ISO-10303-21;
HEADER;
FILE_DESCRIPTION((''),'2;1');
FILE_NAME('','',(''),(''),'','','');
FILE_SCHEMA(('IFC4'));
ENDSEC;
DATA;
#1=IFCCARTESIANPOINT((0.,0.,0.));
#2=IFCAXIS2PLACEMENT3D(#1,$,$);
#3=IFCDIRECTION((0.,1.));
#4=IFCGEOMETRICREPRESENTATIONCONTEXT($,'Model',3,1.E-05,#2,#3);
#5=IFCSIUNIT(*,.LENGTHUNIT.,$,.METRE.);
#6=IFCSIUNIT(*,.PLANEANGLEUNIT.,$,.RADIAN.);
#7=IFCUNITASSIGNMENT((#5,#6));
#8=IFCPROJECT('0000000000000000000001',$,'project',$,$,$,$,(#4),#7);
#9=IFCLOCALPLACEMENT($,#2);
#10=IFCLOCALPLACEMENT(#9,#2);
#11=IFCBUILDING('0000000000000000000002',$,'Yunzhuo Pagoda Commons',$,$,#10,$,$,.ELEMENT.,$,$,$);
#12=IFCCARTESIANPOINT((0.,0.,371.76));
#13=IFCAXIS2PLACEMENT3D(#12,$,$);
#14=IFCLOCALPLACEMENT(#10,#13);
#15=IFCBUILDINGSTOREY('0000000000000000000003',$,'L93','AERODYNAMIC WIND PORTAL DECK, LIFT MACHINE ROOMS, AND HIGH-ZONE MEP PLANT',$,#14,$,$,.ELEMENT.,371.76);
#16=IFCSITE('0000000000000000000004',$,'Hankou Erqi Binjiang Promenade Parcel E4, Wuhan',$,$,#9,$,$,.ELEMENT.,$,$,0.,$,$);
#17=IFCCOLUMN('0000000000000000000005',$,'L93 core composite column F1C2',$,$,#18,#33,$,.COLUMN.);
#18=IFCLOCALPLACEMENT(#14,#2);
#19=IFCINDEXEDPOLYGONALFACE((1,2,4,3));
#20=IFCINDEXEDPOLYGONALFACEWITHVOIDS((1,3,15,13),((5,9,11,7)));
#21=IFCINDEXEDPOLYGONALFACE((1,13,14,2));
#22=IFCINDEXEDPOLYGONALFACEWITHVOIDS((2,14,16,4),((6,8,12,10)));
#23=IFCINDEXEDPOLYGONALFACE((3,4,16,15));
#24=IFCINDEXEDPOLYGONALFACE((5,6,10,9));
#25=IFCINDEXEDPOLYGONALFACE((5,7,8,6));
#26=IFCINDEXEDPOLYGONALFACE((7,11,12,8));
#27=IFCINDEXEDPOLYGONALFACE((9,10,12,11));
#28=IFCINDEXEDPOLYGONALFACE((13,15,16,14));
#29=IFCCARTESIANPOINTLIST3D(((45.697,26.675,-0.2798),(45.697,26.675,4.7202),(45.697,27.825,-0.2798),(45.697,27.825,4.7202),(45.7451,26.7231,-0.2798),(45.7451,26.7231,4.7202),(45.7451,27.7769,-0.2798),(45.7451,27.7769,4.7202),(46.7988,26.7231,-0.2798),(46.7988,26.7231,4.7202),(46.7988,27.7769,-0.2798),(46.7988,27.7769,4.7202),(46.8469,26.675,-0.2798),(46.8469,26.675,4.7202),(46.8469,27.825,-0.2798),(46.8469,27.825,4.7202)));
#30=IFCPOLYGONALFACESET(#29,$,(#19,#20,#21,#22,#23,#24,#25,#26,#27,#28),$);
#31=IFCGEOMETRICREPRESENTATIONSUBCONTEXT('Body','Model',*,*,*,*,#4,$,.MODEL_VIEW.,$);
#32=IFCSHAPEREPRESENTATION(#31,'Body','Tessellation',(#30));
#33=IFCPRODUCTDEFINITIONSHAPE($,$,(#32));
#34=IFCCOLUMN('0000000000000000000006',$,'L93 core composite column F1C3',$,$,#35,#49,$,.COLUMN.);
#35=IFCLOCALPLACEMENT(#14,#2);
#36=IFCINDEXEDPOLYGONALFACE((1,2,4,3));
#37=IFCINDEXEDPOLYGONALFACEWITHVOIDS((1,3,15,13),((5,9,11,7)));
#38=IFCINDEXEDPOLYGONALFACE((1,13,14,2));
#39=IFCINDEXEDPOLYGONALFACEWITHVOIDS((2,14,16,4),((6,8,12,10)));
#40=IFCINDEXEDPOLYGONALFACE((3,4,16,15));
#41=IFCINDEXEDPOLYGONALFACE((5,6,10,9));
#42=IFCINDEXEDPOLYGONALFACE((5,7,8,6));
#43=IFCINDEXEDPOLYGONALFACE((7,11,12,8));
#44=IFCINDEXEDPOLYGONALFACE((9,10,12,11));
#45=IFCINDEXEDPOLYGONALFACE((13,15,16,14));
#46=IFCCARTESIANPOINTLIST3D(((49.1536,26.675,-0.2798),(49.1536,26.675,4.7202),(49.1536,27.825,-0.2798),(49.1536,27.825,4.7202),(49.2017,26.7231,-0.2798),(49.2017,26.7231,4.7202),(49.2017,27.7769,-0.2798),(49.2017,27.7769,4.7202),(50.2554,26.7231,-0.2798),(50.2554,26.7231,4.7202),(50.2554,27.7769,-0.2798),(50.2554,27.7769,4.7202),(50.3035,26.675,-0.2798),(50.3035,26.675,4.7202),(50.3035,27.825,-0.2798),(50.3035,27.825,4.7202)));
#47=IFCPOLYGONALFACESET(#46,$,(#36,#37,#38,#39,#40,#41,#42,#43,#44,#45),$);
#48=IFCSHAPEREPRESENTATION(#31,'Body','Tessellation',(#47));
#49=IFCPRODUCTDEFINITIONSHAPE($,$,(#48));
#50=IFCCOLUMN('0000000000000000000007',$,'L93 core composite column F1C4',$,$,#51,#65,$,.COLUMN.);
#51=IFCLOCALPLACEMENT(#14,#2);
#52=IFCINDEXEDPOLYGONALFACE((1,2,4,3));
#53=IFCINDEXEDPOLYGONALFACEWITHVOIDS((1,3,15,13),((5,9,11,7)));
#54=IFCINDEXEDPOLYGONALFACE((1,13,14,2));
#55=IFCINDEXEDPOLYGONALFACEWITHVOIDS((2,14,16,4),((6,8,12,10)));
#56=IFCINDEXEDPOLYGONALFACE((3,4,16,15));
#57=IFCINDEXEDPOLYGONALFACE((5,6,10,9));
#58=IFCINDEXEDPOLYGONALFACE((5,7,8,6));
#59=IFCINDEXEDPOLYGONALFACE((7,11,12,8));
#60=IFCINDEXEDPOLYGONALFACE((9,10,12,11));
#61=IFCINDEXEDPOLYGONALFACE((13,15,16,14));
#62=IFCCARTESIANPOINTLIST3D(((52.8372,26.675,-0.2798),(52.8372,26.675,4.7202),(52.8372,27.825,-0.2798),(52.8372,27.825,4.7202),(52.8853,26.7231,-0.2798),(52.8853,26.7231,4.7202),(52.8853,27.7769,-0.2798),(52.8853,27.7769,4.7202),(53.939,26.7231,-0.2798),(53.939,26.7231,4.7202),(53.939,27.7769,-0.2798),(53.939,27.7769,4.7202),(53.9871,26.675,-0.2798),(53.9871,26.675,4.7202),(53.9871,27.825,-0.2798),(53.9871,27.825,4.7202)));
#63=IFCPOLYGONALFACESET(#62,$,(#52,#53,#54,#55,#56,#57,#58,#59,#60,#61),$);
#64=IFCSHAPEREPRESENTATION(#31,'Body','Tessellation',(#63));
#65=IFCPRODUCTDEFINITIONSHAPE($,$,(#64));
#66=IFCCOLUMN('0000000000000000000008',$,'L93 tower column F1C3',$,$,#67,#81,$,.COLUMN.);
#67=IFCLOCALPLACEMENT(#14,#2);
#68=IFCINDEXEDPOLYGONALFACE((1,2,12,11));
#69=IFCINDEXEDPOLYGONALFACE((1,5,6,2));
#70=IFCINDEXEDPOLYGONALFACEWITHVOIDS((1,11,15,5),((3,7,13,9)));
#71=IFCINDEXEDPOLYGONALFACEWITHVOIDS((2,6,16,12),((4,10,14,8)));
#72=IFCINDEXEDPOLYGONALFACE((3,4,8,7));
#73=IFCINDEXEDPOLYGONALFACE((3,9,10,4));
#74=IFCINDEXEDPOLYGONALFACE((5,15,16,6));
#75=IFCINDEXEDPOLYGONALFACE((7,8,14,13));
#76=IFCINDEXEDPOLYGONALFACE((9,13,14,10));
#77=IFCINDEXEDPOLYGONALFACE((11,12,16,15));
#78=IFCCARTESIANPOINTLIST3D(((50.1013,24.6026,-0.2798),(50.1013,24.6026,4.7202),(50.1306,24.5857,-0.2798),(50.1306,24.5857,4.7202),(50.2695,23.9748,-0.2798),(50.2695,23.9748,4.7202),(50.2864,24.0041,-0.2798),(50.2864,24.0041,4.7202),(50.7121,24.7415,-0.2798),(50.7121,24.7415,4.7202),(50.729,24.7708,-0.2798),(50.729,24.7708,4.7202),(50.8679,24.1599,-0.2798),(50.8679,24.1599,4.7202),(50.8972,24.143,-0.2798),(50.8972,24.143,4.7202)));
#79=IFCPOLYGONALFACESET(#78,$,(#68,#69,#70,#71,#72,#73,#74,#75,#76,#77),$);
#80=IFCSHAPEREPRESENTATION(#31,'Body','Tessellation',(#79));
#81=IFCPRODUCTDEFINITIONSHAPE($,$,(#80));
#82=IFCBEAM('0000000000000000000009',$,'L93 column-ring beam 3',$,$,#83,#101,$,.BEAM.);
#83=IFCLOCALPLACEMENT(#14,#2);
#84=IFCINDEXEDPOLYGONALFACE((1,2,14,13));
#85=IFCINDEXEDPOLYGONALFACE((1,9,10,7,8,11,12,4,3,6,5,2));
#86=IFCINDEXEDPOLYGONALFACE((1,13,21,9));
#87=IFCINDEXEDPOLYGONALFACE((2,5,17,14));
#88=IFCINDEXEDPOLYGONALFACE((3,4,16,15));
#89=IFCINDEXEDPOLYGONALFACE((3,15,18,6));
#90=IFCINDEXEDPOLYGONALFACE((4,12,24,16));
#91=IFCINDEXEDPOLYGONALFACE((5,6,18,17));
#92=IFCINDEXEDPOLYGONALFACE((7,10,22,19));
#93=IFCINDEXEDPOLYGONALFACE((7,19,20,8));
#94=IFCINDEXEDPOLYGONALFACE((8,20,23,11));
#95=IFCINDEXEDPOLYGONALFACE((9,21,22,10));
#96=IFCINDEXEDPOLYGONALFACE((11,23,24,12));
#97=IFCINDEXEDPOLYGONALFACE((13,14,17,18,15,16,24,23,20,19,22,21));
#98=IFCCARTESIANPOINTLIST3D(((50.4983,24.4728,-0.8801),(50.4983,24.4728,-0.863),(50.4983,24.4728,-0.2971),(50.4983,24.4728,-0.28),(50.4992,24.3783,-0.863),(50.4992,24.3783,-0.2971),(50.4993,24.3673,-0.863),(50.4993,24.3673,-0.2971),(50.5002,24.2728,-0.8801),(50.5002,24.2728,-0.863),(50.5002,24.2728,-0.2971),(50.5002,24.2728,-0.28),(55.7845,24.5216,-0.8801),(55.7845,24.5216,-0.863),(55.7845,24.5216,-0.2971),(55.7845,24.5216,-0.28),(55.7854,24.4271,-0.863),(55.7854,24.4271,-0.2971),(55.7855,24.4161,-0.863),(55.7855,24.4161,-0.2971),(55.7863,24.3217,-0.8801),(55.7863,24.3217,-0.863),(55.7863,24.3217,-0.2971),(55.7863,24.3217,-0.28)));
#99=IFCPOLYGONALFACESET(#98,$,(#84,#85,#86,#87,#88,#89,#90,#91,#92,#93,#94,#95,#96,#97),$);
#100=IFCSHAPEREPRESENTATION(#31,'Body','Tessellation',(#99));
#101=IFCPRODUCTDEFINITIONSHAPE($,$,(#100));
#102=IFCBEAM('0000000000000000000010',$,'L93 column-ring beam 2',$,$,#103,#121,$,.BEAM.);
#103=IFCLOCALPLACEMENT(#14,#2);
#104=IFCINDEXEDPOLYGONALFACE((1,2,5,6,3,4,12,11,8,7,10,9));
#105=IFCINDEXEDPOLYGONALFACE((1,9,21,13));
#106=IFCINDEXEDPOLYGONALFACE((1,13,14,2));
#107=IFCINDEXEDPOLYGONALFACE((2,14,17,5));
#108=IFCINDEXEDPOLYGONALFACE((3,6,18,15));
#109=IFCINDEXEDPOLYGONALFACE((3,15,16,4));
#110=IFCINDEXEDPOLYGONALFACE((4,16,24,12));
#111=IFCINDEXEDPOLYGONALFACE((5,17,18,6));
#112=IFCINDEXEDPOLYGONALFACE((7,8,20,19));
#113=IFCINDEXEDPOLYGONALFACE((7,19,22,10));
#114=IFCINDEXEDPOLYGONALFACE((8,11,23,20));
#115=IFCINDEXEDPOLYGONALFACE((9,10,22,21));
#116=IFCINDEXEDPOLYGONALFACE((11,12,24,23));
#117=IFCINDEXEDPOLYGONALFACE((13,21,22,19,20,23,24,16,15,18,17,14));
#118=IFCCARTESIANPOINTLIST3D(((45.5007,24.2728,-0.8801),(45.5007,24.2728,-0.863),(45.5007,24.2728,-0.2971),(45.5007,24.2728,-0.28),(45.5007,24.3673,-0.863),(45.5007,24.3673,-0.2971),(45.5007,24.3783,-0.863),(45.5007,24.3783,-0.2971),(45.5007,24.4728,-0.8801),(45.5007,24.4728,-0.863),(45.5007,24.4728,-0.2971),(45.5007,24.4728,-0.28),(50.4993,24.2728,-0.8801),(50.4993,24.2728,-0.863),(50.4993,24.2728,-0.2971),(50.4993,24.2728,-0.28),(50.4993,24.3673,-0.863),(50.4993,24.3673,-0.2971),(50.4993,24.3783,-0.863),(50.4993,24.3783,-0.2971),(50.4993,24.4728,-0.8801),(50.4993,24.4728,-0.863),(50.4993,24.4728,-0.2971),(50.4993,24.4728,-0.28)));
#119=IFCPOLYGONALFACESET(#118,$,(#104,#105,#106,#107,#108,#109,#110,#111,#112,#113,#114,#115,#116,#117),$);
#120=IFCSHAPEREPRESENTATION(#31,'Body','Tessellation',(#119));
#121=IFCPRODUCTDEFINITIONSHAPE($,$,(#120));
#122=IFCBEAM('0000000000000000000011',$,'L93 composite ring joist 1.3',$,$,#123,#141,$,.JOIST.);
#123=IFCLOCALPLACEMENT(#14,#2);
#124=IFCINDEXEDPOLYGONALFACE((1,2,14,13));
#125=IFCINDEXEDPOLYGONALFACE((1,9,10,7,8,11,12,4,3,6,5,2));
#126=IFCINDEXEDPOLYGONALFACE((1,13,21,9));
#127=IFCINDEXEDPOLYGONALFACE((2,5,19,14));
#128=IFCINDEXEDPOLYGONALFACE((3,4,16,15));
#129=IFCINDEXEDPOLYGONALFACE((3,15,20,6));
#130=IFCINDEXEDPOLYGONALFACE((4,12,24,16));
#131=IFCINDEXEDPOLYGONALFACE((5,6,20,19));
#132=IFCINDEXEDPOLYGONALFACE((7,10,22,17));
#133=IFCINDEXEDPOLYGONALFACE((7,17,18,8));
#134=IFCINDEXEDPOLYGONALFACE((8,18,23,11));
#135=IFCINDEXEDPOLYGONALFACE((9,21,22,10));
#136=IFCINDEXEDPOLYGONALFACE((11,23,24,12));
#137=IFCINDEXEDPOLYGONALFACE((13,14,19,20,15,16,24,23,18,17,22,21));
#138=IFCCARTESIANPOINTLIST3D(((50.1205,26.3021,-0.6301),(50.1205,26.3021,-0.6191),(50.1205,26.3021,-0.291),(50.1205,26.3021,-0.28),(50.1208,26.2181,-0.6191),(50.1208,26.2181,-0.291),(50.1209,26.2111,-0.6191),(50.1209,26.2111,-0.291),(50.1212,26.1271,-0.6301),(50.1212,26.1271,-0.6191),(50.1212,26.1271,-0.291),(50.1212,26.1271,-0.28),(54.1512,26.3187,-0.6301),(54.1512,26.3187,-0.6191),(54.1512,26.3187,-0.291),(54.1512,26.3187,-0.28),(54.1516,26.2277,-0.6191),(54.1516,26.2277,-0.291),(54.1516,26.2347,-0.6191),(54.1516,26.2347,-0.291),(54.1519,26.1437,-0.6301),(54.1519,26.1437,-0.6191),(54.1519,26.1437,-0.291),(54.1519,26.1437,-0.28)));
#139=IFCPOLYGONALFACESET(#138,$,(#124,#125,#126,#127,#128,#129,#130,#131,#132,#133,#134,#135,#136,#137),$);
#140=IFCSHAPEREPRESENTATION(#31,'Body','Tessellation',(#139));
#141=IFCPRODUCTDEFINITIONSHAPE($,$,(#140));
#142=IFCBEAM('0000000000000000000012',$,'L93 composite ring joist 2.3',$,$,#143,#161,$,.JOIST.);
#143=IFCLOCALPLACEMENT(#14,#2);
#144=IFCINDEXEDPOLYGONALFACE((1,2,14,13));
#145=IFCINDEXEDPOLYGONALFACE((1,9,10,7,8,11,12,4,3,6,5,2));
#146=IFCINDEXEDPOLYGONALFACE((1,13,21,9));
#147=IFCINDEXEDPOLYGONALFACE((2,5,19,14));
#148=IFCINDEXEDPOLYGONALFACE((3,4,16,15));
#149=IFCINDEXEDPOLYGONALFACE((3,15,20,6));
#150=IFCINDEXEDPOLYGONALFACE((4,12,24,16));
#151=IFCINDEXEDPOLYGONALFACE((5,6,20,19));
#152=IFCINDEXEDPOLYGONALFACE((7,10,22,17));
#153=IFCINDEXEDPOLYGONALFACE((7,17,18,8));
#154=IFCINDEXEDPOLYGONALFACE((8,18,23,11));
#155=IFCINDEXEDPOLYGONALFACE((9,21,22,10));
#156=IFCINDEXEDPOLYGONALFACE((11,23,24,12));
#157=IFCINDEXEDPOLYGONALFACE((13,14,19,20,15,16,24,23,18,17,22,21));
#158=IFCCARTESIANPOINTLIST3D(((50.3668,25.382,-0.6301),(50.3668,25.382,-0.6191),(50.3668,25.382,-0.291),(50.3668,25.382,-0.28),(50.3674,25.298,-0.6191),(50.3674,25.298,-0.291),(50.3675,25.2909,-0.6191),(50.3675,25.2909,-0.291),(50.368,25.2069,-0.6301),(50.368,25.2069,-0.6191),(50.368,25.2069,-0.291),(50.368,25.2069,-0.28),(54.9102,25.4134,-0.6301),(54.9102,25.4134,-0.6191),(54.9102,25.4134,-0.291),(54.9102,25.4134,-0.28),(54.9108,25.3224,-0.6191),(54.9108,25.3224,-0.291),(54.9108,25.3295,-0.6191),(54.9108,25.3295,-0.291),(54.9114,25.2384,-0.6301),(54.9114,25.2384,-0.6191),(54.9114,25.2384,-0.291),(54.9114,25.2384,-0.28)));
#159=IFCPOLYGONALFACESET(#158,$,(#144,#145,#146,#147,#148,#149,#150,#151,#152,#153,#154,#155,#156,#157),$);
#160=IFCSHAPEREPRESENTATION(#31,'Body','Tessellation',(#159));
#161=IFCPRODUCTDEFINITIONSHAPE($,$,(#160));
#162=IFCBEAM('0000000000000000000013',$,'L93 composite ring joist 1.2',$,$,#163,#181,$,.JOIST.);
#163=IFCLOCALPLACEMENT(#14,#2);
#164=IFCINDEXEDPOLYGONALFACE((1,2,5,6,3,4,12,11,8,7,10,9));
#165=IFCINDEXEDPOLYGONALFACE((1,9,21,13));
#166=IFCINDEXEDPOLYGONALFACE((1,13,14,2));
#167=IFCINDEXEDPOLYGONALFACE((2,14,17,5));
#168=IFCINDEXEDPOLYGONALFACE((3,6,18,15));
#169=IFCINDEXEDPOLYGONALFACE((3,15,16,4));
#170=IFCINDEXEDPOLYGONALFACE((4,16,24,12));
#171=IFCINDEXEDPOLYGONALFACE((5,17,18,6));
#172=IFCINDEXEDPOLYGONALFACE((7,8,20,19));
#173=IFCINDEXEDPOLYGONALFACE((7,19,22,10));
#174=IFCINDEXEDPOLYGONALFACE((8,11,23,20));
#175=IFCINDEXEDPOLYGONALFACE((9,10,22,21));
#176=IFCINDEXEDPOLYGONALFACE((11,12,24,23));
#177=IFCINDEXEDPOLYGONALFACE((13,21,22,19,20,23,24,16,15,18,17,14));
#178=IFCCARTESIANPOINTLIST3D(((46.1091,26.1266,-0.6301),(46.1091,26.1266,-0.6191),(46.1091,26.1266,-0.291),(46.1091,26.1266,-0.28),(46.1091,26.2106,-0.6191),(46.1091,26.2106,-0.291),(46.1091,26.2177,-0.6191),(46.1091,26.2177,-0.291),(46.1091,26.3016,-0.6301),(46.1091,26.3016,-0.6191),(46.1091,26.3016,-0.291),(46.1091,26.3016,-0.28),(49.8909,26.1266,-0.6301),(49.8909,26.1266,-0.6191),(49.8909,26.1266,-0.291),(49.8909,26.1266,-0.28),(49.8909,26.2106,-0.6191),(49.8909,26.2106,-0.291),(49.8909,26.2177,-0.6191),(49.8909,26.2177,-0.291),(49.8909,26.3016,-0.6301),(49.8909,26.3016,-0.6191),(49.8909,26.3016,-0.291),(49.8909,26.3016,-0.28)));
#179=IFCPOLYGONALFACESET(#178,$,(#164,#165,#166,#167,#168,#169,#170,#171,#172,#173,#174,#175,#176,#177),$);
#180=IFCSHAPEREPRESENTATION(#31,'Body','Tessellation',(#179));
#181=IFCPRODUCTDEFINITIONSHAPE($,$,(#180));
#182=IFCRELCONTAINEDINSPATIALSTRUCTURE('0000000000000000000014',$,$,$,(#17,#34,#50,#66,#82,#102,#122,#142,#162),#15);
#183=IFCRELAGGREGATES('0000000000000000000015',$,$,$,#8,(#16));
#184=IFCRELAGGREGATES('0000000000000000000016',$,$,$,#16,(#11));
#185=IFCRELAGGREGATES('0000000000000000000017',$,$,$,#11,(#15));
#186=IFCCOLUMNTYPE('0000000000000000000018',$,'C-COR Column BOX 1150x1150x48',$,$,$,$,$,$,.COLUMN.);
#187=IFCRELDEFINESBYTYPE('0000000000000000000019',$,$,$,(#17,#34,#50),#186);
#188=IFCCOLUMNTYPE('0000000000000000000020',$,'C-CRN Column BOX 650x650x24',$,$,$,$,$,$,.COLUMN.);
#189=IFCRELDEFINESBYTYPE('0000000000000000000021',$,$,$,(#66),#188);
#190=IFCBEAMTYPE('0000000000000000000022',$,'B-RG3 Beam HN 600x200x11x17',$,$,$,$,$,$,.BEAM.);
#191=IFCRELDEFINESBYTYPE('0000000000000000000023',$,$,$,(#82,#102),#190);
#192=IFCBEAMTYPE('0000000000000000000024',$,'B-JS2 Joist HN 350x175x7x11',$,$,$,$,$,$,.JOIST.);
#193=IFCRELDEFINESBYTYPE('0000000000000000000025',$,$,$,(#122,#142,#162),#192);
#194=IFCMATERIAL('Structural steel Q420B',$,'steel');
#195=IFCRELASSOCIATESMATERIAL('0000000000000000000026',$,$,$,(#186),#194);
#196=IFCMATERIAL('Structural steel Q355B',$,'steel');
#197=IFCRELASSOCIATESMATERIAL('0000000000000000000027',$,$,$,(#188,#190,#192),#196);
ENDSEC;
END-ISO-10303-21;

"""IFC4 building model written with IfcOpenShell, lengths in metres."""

from ifc_helpers import new_model, si_unit, direction, frame, origin, origin_2d, place, context, subcontext, project, spatial, hollow_rectangle, i_section, extrude, source, transform, mapped, material, material_profile, profile_set, type_object, element, save


model = new_model("IFC4")

# Units and contexts
model_context = context("Model", 3, precision=1e-05, world=origin(), true_north=direction((0.0, 1.0)))
body_context = subcontext(model_context, "Body", "Model", "MODEL_VIEW")
ifc_project = project(units=[si_unit("LENGTHUNIT", "METRE"), si_unit("PLANEANGLEUNIT", "RADIAN")], contexts=[model_context])

# Site, building, storey
site_placement = place(None, origin())
site = spatial("IfcSite", under=ifc_project, at=site_placement, Name="Hankou Erqi Binjiang Promenade Parcel E4, Wuhan", CompositionType="ELEMENT", RefElevation=0.0)
building_placement = place(site_placement, origin())
building = spatial("IfcBuilding", under=site, at=building_placement, Name="Yunzhuo Pagoda Commons", CompositionType="ELEMENT")
storey_placement = place(building_placement, frame((0.0, 0.0, 371.76)))
storey = spatial("IfcBuildingStorey", under=building, at=storey_placement, Name="L93", Description="AERODYNAMIC WIND PORTAL DECK, LIFT MACHINE ROOMS, AND HIGH-ZONE MEP PLANT", CompositionType="ELEMENT", Elevation=371.76)

# Columns
ifc_material_1 = material(Name="Structural steel Q420B", Category="steel")
ifc_material_profile_1 = material_profile(ifc_material_1, hollow_rectangle(XDim=1.1499, YDim=1.1499, WallThickness=0.0481, at=origin_2d()), Name="Structural steel Q420B")
ifc_profile_set_1 = profile_set([ifc_material_profile_1], Name="Structural steel Q420B")
column_type_1 = type_object("IfcColumnType", Name="C-COR Column BOX 1150x1150x48", PredefinedType="COLUMN", material=ifc_profile_set_1)
shared_shape_1 = source(origin(), body_context, "Body", "SweptSolid", [
    extrude(hollow_rectangle(XDim=1.1499, YDim=1.1499, WallThickness=0.0481, at=origin_2d()), origin(), (0.0, 0.0, 1.0), 5.0),
])
for number, where, z_axis, x_axis, name in (
    (1, (46.272, 27.25, -0.2798), (0.0, 0.0, 1.0), (1.0, 0.0, 0.0), "L93 core composite column F1C2"),
    (2, (49.7285, 27.25, -0.2798), (0.0, 0.0, 1.0), (1.0, 0.0, 0.0), "L93 core composite column F1C3"),
    (3, (53.4121, 27.25, -0.2798), (0.0, 0.0, 1.0), (1.0, 0.0, 0.0), "L93 core composite column F1C4"),
):
    element("IfcColumn", number, at=place(storey_placement, frame(where, z_axis=z_axis, x_axis=x_axis)), inside=storey, type_object=column_type_1, Name=name, PredefinedType="COLUMN", context=body_context, shape_type="MappedRepresentation", body=[
        mapped(shared_shape_1, transform((0.0, 0.0, 0.0), scale=1.0)),
    ])
ifc_material_2 = material(Name="Structural steel Q355B", Category="steel")
ifc_material_profile_2 = material_profile(ifc_material_2, hollow_rectangle(XDim=0.6499, YDim=0.6499, WallThickness=0.0239, at=origin_2d()), Name="Structural steel Q355B")
ifc_profile_set_2 = profile_set([ifc_material_profile_2], Name="Structural steel Q355B")
column_type_2 = type_object("IfcColumnType", Name="C-CRN Column BOX 650x650x24", PredefinedType="COLUMN", material=ifc_profile_set_2)
shared_shape_2 = source(origin(), body_context, "Body", "SweptSolid", [
    extrude(hollow_rectangle(XDim=0.6499, YDim=0.6499, WallThickness=0.0239, at=origin_2d()), origin(), (0.0, 0.0, 1.0), 5.0),
])
column_placement = place(storey_placement, frame((50.4993, 24.3728, -0.2798), z_axis=(0.0, 0.0, 1.0), x_axis=(0.965926, 0.258819, 0.0)))
element("IfcColumn", 4, at=column_placement, inside=storey, type_object=column_type_2, Name="L93 tower column F1C3", PredefinedType="COLUMN", context=body_context, shape_type="MappedRepresentation", body=[
    mapped(shared_shape_2, transform((0.0, 0.0, 0.0), scale=1.0)),
])

# Beams
ifc_material_profile_3 = material_profile(ifc_material_2, i_section(OverallWidth=0.2, OverallDepth=0.6001, WebThickness=0.011, FlangeThickness=0.0171, at=origin_2d()), Name="Structural steel Q355B")
ifc_profile_set_3 = profile_set([ifc_material_profile_3], Name="Structural steel Q355B")
beam_type_1 = type_object("IfcBeamType", Name="B-RG3 Beam HN 600x200x11x17", PredefinedType="BEAM", material=ifc_profile_set_3)
shared_shape_3 = source(origin(), body_context, "Body", "SweptSolid", [
    extrude(i_section(OverallWidth=0.2, OverallDepth=0.6001, WebThickness=0.011, FlangeThickness=0.0171, at=origin_2d()), origin(), (0.0, 0.0, 1.0), 5.2864),
])
beam_1_placement = place(storey_placement, frame((50.4993, 24.3728, -0.5801), z_axis=(0.999957, 0.009237, 0.0), x_axis=(-0.009237, 0.999957, 0.0)))
element("IfcBeam", 5, at=beam_1_placement, inside=storey, type_object=beam_type_1, Name="L93 column-ring beam 3", PredefinedType="BEAM", context=body_context, shape_type="MappedRepresentation", body=[
    mapped(shared_shape_3, transform((0.0, 0.0, 0.0), scale=1.0)),
])
shared_shape_4 = source(origin(), body_context, "Body", "SweptSolid", [
    extrude(i_section(OverallWidth=0.2, OverallDepth=0.6001, WebThickness=0.011, FlangeThickness=0.0171, at=origin_2d()), origin(), (0.0, 0.0, 1.0), 4.9985),
])
beam_2_placement = place(storey_placement, frame((45.5007, 24.3728, -0.5801), z_axis=(1.0, 0.0, 0.0), x_axis=(0.0, 1.0, 0.0)))
element("IfcBeam", 6, at=beam_2_placement, inside=storey, type_object=beam_type_1, Name="L93 column-ring beam 2", PredefinedType="BEAM", context=body_context, shape_type="MappedRepresentation", body=[
    mapped(shared_shape_4, transform((0.0, 0.0, 0.0), scale=1.0)),
])
ifc_material_profile_4 = material_profile(ifc_material_2, i_section(OverallWidth=0.175, OverallDepth=0.3501, WebThickness=0.0071, FlangeThickness=0.011, at=origin_2d()), Name="Structural steel Q355B")
ifc_profile_set_4 = profile_set([ifc_material_profile_4], Name="Structural steel Q355B")
beam_type_2 = type_object("IfcBeamType", Name="B-JS2 Joist HN 350x175x7x11", PredefinedType="JOIST", material=ifc_profile_set_4)
shared_shape_5 = source(origin(), body_context, "Body", "SweptSolid", [
    extrude(i_section(OverallWidth=0.175, OverallDepth=0.3501, WebThickness=0.0071, FlangeThickness=0.011, at=origin_2d()), origin(), (0.0, 0.0, 1.0), 4.0308),
])
beam_3_placement = place(storey_placement, frame((50.1208, 26.2146, -0.4551), z_axis=(0.999992, 0.004119, 0.0), x_axis=(-0.004119, 0.999992, 0.0)))
element("IfcBeam", 7, at=beam_3_placement, inside=storey, type_object=beam_type_2, Name="L93 composite ring joist 1.3", PredefinedType="JOIST", context=body_context, shape_type="MappedRepresentation", body=[
    mapped(shared_shape_5, transform((0.0, 0.0, 0.0), scale=1.0)),
])
shared_shape_6 = source(origin(), body_context, "Body", "SweptSolid", [
    extrude(i_section(OverallWidth=0.175, OverallDepth=0.3501, WebThickness=0.0071, FlangeThickness=0.011, at=origin_2d()), origin(), (0.0, 0.0, 1.0), 4.5435),
])
beam_4_placement = place(storey_placement, frame((50.3674, 25.2944, -0.4551), z_axis=(0.999976, 0.006932, 0.0), x_axis=(-0.006932, 0.999976, 0.0)))
element("IfcBeam", 8, at=beam_4_placement, inside=storey, type_object=beam_type_2, Name="L93 composite ring joist 2.3", PredefinedType="JOIST", context=body_context, shape_type="MappedRepresentation", body=[
    mapped(shared_shape_6, transform((0.0, 0.0, 0.0), scale=1.0)),
])
shared_shape_7 = source(origin(), body_context, "Body", "SweptSolid", [
    extrude(i_section(OverallWidth=0.175, OverallDepth=0.3501, WebThickness=0.0071, FlangeThickness=0.011, at=origin_2d()), origin(), (0.0, 0.0, 1.0), 3.7817),
])
beam_5_placement = place(storey_placement, frame((46.1091, 26.2141, -0.4551), z_axis=(1.0, 0.0, 0.0), x_axis=(0.0, 1.0, 0.0)))
element("IfcBeam", 9, at=beam_5_placement, inside=storey, type_object=beam_type_2, Name="L93 composite ring joist 1.2", PredefinedType="JOIST", context=body_context, shape_type="MappedRepresentation", body=[
    mapped(shared_shape_7, transform((0.0, 0.0, 0.0), scale=1.0)),
])

save(model, "model.ifc")
